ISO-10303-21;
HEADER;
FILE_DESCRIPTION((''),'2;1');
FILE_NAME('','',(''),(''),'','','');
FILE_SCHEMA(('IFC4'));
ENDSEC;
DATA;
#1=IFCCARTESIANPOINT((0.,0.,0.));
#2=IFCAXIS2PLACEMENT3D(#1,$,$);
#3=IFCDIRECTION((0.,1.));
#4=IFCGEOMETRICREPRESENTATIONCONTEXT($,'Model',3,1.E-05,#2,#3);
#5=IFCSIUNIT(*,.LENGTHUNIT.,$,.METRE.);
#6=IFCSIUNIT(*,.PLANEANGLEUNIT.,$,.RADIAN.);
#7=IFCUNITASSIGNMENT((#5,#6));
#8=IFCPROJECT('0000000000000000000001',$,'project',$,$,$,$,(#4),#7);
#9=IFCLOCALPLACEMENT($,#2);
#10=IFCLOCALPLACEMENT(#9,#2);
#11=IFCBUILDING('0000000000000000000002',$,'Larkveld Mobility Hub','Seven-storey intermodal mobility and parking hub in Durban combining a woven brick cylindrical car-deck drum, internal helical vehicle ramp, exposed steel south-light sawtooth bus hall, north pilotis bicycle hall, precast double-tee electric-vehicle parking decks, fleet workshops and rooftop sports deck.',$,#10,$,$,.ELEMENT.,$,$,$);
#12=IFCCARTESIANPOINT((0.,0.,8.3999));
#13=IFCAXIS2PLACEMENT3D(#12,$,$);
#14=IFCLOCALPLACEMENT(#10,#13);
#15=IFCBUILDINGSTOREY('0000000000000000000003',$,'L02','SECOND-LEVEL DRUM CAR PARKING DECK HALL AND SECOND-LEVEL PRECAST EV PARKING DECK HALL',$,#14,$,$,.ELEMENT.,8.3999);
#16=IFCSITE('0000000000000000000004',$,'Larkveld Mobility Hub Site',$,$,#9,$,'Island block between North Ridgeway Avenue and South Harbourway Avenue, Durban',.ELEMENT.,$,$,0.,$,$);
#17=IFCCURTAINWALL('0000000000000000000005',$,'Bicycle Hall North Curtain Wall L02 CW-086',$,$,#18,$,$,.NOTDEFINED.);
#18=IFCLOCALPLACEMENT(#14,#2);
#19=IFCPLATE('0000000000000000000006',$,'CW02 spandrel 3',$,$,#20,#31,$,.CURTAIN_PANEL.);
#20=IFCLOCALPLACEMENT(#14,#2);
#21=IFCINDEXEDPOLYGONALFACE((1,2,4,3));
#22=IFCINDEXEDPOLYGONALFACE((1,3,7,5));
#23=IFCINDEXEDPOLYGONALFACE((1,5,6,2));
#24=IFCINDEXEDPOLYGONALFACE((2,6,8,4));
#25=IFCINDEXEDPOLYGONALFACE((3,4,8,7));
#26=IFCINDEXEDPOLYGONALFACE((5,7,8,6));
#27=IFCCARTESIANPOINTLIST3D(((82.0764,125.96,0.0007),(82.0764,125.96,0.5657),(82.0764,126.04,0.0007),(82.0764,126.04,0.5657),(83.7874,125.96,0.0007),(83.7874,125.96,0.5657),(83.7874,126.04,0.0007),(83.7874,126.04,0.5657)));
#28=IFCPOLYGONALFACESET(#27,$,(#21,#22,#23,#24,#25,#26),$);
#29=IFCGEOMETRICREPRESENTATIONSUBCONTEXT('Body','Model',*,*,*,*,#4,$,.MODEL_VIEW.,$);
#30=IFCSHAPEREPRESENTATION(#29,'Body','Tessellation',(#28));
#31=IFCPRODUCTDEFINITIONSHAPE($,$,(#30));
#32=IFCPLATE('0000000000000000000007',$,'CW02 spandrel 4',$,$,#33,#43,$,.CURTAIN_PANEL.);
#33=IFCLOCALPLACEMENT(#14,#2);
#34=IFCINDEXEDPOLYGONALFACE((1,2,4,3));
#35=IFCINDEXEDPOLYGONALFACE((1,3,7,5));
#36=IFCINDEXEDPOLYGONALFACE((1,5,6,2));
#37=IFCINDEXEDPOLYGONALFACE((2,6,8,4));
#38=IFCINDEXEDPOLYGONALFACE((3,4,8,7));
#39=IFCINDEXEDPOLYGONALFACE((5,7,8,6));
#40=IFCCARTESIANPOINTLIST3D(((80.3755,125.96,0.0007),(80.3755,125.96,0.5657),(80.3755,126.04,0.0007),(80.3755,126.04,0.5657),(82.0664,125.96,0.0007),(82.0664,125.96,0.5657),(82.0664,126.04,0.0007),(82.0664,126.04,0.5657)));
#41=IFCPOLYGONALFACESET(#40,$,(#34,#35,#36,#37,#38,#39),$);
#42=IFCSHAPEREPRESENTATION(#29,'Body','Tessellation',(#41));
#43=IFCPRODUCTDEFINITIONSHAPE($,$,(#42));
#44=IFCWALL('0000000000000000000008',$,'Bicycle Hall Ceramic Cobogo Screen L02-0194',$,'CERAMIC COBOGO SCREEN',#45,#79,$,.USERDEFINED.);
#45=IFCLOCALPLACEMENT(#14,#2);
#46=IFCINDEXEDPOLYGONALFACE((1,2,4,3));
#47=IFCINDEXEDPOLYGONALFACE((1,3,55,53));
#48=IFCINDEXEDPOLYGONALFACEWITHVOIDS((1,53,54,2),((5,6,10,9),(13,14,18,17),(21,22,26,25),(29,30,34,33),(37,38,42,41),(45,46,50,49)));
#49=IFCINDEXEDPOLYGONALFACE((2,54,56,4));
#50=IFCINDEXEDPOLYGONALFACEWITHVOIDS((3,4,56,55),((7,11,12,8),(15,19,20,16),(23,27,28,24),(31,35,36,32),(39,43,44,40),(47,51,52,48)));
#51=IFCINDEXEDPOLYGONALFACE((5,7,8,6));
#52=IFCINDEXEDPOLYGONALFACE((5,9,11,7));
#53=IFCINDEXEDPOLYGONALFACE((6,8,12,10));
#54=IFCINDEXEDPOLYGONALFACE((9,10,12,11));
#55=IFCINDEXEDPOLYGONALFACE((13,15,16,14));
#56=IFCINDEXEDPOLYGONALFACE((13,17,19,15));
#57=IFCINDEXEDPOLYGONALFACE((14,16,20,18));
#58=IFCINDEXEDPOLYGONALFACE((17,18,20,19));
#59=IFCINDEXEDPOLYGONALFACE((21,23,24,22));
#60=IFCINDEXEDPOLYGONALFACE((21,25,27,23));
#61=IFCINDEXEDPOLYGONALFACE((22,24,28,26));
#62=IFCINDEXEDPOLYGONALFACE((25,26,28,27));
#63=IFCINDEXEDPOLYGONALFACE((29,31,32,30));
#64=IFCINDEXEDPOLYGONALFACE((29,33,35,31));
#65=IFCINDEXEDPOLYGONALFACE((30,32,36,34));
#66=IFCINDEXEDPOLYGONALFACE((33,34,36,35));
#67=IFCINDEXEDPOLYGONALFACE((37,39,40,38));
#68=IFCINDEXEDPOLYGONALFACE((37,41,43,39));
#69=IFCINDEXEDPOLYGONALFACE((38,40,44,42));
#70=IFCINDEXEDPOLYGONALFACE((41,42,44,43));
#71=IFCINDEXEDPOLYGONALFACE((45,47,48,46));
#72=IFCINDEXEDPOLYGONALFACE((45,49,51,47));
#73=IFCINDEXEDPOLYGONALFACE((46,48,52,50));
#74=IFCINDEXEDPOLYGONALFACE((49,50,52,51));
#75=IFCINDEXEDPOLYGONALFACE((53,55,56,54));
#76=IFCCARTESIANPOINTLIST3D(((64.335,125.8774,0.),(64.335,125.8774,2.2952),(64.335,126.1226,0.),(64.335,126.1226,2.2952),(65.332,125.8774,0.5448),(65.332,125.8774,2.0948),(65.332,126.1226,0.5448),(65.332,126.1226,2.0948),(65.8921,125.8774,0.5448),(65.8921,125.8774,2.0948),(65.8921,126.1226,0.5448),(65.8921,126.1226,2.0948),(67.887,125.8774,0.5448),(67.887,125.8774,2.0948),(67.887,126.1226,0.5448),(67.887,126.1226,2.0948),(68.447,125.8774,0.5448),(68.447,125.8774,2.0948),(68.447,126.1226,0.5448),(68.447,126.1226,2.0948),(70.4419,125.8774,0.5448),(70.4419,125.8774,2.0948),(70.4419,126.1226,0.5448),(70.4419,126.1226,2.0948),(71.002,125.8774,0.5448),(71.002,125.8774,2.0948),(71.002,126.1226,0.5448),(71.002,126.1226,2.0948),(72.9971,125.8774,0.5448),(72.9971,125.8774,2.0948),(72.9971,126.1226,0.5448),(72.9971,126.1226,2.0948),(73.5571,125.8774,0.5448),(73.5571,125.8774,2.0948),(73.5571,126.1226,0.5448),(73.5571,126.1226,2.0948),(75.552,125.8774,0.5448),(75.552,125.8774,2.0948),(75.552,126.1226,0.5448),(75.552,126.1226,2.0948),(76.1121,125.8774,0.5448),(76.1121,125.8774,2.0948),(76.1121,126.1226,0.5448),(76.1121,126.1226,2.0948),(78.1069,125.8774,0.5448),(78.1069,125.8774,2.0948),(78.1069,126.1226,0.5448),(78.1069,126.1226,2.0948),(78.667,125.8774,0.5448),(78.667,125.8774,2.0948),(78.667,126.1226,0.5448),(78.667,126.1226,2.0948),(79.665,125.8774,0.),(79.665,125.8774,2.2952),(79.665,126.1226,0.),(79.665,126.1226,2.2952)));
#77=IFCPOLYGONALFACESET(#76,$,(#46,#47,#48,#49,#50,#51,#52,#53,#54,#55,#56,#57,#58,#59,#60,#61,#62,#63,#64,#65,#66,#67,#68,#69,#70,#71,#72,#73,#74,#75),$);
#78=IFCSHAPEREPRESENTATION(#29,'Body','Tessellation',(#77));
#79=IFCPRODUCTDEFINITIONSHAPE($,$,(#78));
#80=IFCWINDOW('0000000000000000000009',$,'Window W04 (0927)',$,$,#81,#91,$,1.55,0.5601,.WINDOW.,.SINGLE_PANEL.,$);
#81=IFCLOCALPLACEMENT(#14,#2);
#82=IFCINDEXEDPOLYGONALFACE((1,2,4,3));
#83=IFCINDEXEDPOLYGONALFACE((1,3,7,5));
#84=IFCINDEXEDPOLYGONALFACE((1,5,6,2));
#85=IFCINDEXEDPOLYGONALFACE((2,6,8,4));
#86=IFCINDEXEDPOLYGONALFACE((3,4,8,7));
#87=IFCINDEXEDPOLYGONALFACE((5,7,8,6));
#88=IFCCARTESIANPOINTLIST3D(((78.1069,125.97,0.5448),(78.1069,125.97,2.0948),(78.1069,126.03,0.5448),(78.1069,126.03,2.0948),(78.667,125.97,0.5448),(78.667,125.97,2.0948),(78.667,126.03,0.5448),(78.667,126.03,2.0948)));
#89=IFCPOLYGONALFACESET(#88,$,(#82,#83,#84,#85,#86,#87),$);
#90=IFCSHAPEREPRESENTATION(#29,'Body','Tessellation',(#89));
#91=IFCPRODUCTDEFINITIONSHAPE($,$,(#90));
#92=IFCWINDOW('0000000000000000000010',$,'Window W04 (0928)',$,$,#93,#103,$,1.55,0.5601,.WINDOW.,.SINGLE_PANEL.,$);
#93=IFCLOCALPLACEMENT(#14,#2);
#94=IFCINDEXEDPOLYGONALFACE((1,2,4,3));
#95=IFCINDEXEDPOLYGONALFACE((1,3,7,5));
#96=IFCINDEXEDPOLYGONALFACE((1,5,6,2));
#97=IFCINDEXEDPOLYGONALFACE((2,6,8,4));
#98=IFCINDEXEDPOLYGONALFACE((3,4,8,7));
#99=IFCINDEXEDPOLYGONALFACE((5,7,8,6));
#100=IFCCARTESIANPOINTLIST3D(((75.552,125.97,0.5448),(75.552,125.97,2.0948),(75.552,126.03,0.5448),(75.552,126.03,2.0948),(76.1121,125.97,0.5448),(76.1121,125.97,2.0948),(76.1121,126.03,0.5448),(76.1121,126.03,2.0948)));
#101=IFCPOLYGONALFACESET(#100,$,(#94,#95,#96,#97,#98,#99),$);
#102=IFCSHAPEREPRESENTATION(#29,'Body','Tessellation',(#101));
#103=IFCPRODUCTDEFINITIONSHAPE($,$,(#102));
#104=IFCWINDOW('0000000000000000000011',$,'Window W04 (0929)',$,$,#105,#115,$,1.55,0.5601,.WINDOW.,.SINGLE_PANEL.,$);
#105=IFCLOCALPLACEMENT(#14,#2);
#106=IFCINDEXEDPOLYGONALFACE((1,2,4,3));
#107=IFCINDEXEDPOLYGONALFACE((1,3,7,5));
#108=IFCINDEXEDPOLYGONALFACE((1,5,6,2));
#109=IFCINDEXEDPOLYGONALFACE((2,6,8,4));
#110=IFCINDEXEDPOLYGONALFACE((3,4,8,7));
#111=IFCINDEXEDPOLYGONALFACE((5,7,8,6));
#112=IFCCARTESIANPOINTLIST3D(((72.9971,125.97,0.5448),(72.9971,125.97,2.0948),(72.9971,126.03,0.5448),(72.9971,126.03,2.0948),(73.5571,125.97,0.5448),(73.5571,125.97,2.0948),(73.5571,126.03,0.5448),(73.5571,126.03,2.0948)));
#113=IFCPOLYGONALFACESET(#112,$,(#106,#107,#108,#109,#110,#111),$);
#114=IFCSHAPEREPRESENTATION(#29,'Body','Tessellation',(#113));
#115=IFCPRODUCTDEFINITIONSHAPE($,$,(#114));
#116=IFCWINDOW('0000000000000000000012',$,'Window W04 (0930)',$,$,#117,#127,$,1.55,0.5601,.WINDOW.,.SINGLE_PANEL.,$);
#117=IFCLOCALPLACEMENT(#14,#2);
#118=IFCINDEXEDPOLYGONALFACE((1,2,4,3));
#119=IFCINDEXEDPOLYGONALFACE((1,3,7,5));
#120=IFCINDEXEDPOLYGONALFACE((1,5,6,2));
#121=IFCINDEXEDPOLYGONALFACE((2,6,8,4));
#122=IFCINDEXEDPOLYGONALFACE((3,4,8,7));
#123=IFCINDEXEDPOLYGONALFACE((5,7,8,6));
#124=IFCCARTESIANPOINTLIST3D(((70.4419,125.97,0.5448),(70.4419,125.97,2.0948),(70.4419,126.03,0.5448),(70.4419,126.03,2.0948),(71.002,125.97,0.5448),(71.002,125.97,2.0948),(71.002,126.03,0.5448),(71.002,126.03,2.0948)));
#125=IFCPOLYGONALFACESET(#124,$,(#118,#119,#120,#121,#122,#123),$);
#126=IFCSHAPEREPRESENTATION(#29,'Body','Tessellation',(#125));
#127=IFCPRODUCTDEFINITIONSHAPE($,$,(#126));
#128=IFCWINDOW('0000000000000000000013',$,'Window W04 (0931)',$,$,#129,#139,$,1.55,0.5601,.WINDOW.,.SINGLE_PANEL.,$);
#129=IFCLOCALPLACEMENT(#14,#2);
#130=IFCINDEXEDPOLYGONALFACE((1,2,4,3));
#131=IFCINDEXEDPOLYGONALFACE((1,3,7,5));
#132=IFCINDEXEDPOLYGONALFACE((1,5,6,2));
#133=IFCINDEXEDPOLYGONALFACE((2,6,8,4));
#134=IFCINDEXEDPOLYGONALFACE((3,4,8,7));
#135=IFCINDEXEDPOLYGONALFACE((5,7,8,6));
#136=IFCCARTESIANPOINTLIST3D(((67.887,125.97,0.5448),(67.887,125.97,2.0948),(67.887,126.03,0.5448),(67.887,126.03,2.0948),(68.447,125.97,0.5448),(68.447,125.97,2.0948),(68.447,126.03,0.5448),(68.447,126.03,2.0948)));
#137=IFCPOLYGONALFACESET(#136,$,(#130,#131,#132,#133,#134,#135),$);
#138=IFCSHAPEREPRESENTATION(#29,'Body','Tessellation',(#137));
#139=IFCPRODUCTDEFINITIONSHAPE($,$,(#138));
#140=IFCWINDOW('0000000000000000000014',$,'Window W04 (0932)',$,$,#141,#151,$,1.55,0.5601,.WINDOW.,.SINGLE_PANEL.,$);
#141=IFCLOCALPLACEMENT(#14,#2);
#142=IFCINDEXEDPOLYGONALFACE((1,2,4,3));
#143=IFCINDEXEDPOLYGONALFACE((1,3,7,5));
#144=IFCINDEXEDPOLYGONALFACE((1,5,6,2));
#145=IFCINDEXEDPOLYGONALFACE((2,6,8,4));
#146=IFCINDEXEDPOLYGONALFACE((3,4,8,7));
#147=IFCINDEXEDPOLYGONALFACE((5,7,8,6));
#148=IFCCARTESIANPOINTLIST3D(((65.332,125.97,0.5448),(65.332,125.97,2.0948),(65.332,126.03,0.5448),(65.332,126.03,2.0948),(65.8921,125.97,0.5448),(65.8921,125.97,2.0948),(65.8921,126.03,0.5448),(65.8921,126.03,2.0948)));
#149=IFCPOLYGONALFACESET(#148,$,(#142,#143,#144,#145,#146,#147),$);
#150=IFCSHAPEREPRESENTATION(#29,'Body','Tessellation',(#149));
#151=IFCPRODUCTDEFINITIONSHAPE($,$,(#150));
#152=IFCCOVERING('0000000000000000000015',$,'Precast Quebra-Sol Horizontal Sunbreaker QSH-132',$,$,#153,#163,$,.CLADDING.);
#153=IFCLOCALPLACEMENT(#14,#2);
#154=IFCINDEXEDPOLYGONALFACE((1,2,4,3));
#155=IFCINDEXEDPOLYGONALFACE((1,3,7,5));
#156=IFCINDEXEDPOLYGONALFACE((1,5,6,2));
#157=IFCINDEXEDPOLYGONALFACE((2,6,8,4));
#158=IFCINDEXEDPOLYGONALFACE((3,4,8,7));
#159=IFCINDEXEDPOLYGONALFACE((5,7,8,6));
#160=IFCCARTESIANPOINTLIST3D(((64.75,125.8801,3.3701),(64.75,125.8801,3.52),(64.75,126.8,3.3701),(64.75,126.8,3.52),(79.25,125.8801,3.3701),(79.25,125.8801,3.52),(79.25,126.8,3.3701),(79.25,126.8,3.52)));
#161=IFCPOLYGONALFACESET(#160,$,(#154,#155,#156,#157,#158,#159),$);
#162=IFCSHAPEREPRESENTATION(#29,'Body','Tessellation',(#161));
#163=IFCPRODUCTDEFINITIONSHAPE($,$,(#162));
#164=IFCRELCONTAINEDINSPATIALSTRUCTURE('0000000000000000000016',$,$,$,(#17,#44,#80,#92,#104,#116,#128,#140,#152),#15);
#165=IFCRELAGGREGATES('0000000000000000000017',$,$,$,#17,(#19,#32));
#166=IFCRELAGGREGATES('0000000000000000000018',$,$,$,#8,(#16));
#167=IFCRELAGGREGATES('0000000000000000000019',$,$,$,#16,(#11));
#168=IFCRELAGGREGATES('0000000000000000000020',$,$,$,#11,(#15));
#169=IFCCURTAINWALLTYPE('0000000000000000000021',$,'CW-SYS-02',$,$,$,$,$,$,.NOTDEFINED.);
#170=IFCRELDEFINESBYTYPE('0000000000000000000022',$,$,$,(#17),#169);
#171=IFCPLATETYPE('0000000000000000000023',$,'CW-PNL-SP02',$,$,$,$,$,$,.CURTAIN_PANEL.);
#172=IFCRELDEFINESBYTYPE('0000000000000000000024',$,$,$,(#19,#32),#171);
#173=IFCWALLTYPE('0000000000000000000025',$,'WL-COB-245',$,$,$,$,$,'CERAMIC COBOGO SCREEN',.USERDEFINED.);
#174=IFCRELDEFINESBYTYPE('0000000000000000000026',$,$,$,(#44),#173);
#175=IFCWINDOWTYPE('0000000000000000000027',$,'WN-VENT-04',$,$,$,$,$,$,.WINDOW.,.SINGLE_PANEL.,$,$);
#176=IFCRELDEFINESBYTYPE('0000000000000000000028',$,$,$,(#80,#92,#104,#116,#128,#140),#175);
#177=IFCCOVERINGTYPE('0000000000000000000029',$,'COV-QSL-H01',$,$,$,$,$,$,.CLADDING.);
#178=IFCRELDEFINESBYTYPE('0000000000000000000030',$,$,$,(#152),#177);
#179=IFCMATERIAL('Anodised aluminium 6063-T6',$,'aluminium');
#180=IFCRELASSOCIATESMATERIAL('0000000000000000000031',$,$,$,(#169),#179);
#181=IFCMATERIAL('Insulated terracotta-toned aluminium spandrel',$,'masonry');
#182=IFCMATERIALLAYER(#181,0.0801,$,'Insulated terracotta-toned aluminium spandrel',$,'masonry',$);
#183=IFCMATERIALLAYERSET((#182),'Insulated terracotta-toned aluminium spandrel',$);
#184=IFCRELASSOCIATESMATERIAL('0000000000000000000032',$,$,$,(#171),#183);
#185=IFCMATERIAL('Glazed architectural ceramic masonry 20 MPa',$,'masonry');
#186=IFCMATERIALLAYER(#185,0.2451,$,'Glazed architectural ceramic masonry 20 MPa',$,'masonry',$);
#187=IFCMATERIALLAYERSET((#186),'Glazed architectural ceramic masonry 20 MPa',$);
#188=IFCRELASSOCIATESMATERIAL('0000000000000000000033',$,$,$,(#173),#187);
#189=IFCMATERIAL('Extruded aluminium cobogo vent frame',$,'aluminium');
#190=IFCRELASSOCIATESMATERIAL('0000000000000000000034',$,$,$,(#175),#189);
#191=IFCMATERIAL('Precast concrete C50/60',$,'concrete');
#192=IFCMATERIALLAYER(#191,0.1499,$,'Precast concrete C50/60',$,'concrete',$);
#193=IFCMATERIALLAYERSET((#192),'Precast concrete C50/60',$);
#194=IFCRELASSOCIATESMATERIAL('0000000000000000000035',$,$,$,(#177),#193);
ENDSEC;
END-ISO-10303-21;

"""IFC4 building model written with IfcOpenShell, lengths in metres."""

from ifc_helpers import new_model, si_unit, direction, frame, frame_2d, origin, origin_2d, place, context, subcontext, project, spatial, rectangle, extrude, material, layer, layer_set, type_object, element, fill, aggregate, save


model = new_model("IFC4")

# Units and contexts
model_context = context("Model", 3, precision=1e-05, world=origin(), true_north=direction((0.0, 1.0)))
body_context = subcontext(model_context, "Body", "Model", "MODEL_VIEW")
ifc_project = project(units=[si_unit("LENGTHUNIT", "METRE"), si_unit("PLANEANGLEUNIT", "RADIAN")], contexts=[model_context])

# Site, building, storey
site_placement = place(None, origin())
site = spatial("IfcSite", under=ifc_project, at=site_placement, Name="Larkveld Mobility Hub Site", LongName="Island block between North Ridgeway Avenue and South Harbourway Avenue, Durban", CompositionType="ELEMENT", RefElevation=0.0)
building_placement = place(site_placement, origin())
building = spatial("IfcBuilding", under=site, at=building_placement, Name="Larkveld Mobility Hub", Description="Seven-storey intermodal mobility and parking hub in Durban combining a woven brick cylindrical car-deck drum, internal helical vehicle ramp, exposed steel south-light sawtooth bus hall, north pilotis bicycle hall, precast double-tee electric-vehicle parking decks, fleet workshops and rooftop sports deck.", CompositionType="ELEMENT")
storey_placement = place(building_placement, frame((0.0, 0.0, 8.3999)))
storey = spatial("IfcBuildingStorey", under=building, at=storey_placement, Name="L02", Description="SECOND-LEVEL DRUM CAR PARKING DECK HALL AND SECOND-LEVEL PRECAST EV PARKING DECK HALL", CompositionType="ELEMENT", Elevation=8.3999)

# Shared definitions
ifc_material_1 = material(Name="Precast concrete C50/60", Category="concrete")

# Curtain wall
ifc_material_2 = material(Name="Anodised aluminium 6063-T6", Category="aluminium")
curtain_wall_type_1 = type_object("IfcCurtainWallType", Name="CW-SYS-02", PredefinedType="NOTDEFINED", material=ifc_material_2)
curtain_wall_1_placement = place(storey_placement, origin())
curtain_wall_1 = element("IfcCurtainWall", 1, at=curtain_wall_1_placement, inside=storey, type_object=curtain_wall_type_1, Name="Bicycle Hall North Curtain Wall L02 CW-086", PredefinedType="NOTDEFINED")

# Plates
ifc_material_3 = material(Name="Insulated terracotta-toned aluminium spandrel", Category="masonry")
ifc_layer_1 = layer(ifc_material_3, 0.0801, Name="Insulated terracotta-toned aluminium spandrel", Category="masonry")
ifc_layer_set_1 = layer_set([ifc_layer_1], Name="Insulated terracotta-toned aluminium spandrel")
plate_type_1 = type_object("IfcPlateType", Name="CW-PNL-SP02", PredefinedType="CURTAIN_PANEL", material=ifc_layer_set_1)
plate_1_placement = place(storey_placement, frame((82.9319, 126.0, 0.0007), z_axis=(0.0, 0.0, 1.0), x_axis=(-1.0, 0.0, 0.0)))
plate_1 = element("IfcPlate", 2, at=plate_1_placement, type_object=plate_type_1, Name="CW02 spandrel 3", PredefinedType="CURTAIN_PANEL", context=body_context, shape_type="SweptSolid", body=[
    extrude(rectangle(XDim=1.7109, YDim=0.0801, at=origin_2d()), origin(), (0.0, 0.0, 1.0), 0.5649),
])
plate_2_placement = place(storey_placement, frame((81.2209, 126.0, 0.0007), z_axis=(0.0, 0.0, 1.0), x_axis=(-1.0, 0.0, 0.0)))
plate_2 = element("IfcPlate", 3, at=plate_2_placement, type_object=plate_type_1, Name="CW02 spandrel 4", PredefinedType="CURTAIN_PANEL", context=body_context, shape_type="SweptSolid", body=[
    extrude(rectangle(XDim=1.6909, YDim=0.0801, at=origin_2d()), origin(), (0.0, 0.0, 1.0), 0.5649),
])
aggregate(curtain_wall_1, [plate_1, plate_2])

# Wall, openings, windows
ifc_material_4 = material(Name="Glazed architectural ceramic masonry 20 MPa", Category="masonry")
ifc_layer_2 = layer(ifc_material_4, 0.2451, Name="Glazed architectural ceramic masonry 20 MPa", Category="masonry")
ifc_layer_set_2 = layer_set([ifc_layer_2], Name="Glazed architectural ceramic masonry 20 MPa")
wall_type = type_object("IfcWallType", Name="WL-COB-245", ElementType="CERAMIC COBOGO SCREEN", PredefinedType="USERDEFINED", material=ifc_layer_set_2)
wall_placement = place(storey_placement, frame((79.665, 126.0, 0.0), z_axis=(0.0, 0.0, 1.0), x_axis=(-1.0, 0.0, 0.0)))
wall = element("IfcWall", 4, at=wall_placement, inside=storey, type_object=wall_type, Name="Bicycle Hall Ceramic Cobogo Screen L02-0194", ObjectType="CERAMIC COBOGO SCREEN", PredefinedType="USERDEFINED", context=body_context, shape_type="SweptSolid", body=[
    extrude(rectangle(XDim=15.3301, YDim=0.2451, at=frame_2d((7.665, 0.0))), origin(), (0.0, 0.0, 1.0), 2.2952),
])
opening_1_placement = place(wall_placement, frame((0.998, 0.0, 0.5449)))
opening_1 = element("IfcOpeningElement", 5, at=opening_1_placement, cuts=wall, PredefinedType="OPENING", context=body_context, shape_type="SweptSolid", body=[
    extrude(rectangle(XDim=0.5601, YDim=1.55, at=frame_2d((0.28, 0.7749))), frame((0.0, 0.1326, 0.0), z_axis=(0.0, -1.0, 0.0), x_axis=(1.0, 0.0, 0.0)), (0.0, 0.0, 1.0), 0.2651),
])
opening_2_placement = place(wall_placement, frame((3.553, 0.0, 0.5449)))
opening_2 = element("IfcOpeningElement", 6, at=opening_2_placement, cuts=wall, PredefinedType="OPENING", context=body_context, shape_type="SweptSolid", body=[
    extrude(rectangle(XDim=0.5601, YDim=1.55, at=frame_2d((0.28, 0.7749))), frame((0.0, 0.1326, 0.0), z_axis=(0.0, -1.0, 0.0), x_axis=(1.0, 0.0, 0.0)), (0.0, 0.0, 1.0), 0.2651),
])
opening_3_placement = place(wall_placement, frame((6.1079, 0.0, 0.5449)))
opening_3 = element("IfcOpeningElement", 7, at=opening_3_placement, cuts=wall, PredefinedType="OPENING", context=body_context, shape_type="SweptSolid", body=[
    extrude(rectangle(XDim=0.5601, YDim=1.55, at=frame_2d((0.28, 0.7749))), frame((0.0, 0.1326, 0.0), z_axis=(0.0, -1.0, 0.0), x_axis=(1.0, 0.0, 0.0)), (0.0, 0.0, 1.0), 0.2651),
])
opening_4_placement = place(wall_placement, frame((8.6631, 0.0, 0.5449)))
opening_4 = element("IfcOpeningElement", 8, at=opening_4_placement, cuts=wall, PredefinedType="OPENING", context=body_context, shape_type="SweptSolid", body=[
    extrude(rectangle(XDim=0.5601, YDim=1.55, at=frame_2d((0.28, 0.7749))), frame((0.0, 0.1326, 0.0), z_axis=(0.0, -1.0, 0.0), x_axis=(1.0, 0.0, 0.0)), (0.0, 0.0, 1.0), 0.2651),
])
opening_5_placement = place(wall_placement, frame((11.218, 0.0, 0.5449)))
opening_5 = element("IfcOpeningElement", 9, at=opening_5_placement, cuts=wall, PredefinedType="OPENING", context=body_context, shape_type="SweptSolid", body=[
    extrude(rectangle(XDim=0.5601, YDim=1.55, at=frame_2d((0.28, 0.7749))), frame((0.0, 0.1326, 0.0), z_axis=(0.0, -1.0, 0.0), x_axis=(1.0, 0.0, 0.0)), (0.0, 0.0, 1.0), 0.2651),
])
opening_6_placement = place(wall_placement, frame((13.7729, 0.0, 0.5449)))
opening_6 = element("IfcOpeningElement", 10, at=opening_6_placement, cuts=wall, PredefinedType="OPENING", context=body_context, shape_type="SweptSolid", body=[
    extrude(rectangle(XDim=0.5601, YDim=1.55, at=frame_2d((0.28, 0.7749))), frame((0.0, 0.1326, 0.0), z_axis=(0.0, -1.0, 0.0), x_axis=(1.0, 0.0, 0.0)), (0.0, 0.0, 1.0), 0.2651),
])
ifc_material_5 = material(Name="Extruded aluminium cobogo vent frame", Category="aluminium")
window_type = type_object("IfcWindowType", Name="WN-VENT-04", PartitioningType="SINGLE_PANEL", PredefinedType="WINDOW", material=ifc_material_5)
window_1_placement = place(opening_1_placement, origin())
window_1 = element("IfcWindow", 11, at=window_1_placement, inside=storey, type_object=window_type, Name="Window W04 (0927)", OverallHeight=1.55, OverallWidth=0.5601, PartitioningType="SINGLE_PANEL", PredefinedType="WINDOW", context=body_context, shape_type="SweptSolid", body=[
    extrude(rectangle(XDim=0.5601, YDim=1.55, at=frame_2d((0.28, 0.7749))), frame((0.0, 0.03, 0.0), z_axis=(0.0, -1.0, 0.0), x_axis=(1.0, 0.0, 0.0)), (0.0, 0.0, 1.0), 0.0601),
])
fill(opening_1, window_1)
window_2_placement = place(opening_2_placement, origin())
window_2 = element("IfcWindow", 12, at=window_2_placement, inside=storey, type_object=window_type, Name="Window W04 (0928)", OverallHeight=1.55, OverallWidth=0.5601, PartitioningType="SINGLE_PANEL", PredefinedType="WINDOW", context=body_context, shape_type="SweptSolid", body=[
    extrude(rectangle(XDim=0.5601, YDim=1.55, at=frame_2d((0.28, 0.7749))), frame((0.0, 0.03, 0.0), z_axis=(0.0, -1.0, 0.0), x_axis=(1.0, 0.0, 0.0)), (0.0, 0.0, 1.0), 0.0601),
])
fill(opening_2, window_2)
window_3_placement = place(opening_3_placement, origin())
window_3 = element("IfcWindow", 13, at=window_3_placement, inside=storey, type_object=window_type, Name="Window W04 (0929)", OverallHeight=1.55, OverallWidth=0.5601, PartitioningType="SINGLE_PANEL", PredefinedType="WINDOW", context=body_context, shape_type="SweptSolid", body=[
    extrude(rectangle(XDim=0.5601, YDim=1.55, at=frame_2d((0.28, 0.7749))), frame((0.0, 0.03, 0.0), z_axis=(0.0, -1.0, 0.0), x_axis=(1.0, 0.0, 0.0)), (0.0, 0.0, 1.0), 0.0601),
])
fill(opening_3, window_3)
window_4_placement = place(opening_4_placement, origin())
window_4 = element("IfcWindow", 14, at=window_4_placement, inside=storey, type_object=window_type, Name="Window W04 (0930)", OverallHeight=1.55, OverallWidth=0.5601, PartitioningType="SINGLE_PANEL", PredefinedType="WINDOW", context=body_context, shape_type="SweptSolid", body=[
    extrude(rectangle(XDim=0.5601, YDim=1.55, at=frame_2d((0.28, 0.7749))), frame((0.0, 0.03, 0.0), z_axis=(0.0, -1.0, 0.0), x_axis=(1.0, 0.0, 0.0)), (0.0, 0.0, 1.0), 0.0601),
])
fill(opening_4, window_4)
window_5_placement = place(opening_5_placement, origin())
window_5 = element("IfcWindow", 15, at=window_5_placement, inside=storey, type_object=window_type, Name="Window W04 (0931)", OverallHeight=1.55, OverallWidth=0.5601, PartitioningType="SINGLE_PANEL", PredefinedType="WINDOW", context=body_context, shape_type="SweptSolid", body=[
    extrude(rectangle(XDim=0.5601, YDim=1.55, at=frame_2d((0.28, 0.7749))), frame((0.0, 0.03, 0.0), z_axis=(0.0, -1.0, 0.0), x_axis=(1.0, 0.0, 0.0)), (0.0, 0.0, 1.0), 0.0601),
])
fill(opening_5, window_5)
window_6_placement = place(opening_6_placement, origin())
window_6 = element("IfcWindow", 16, at=window_6_placement, inside=storey, type_object=window_type, Name="Window W04 (0932)", OverallHeight=1.55, OverallWidth=0.5601, PartitioningType="SINGLE_PANEL", PredefinedType="WINDOW", context=body_context, shape_type="SweptSolid", body=[
    extrude(rectangle(XDim=0.5601, YDim=1.55, at=frame_2d((0.28, 0.7749))), frame((0.0, 0.03, 0.0), z_axis=(0.0, -1.0, 0.0), x_axis=(1.0, 0.0, 0.0)), (0.0, 0.0, 1.0), 0.0601),
])
fill(opening_6, window_6)

# Covering
ifc_layer_3 = layer(ifc_material_1, 0.1499, Name="Precast concrete C50/60", Category="concrete")
ifc_layer_set_3 = layer_set([ifc_layer_3], Name="Precast concrete C50/60")
covering_type_1 = type_object("IfcCoveringType", Name="COV-QSL-H01", PredefinedType="CLADDING", material=ifc_layer_set_3)
covering_placement = place(storey_placement, frame((72.0, 126.3401, 3.3701), z_axis=(0.0, 0.0, 1.0), x_axis=(-1.0, 0.0, 0.0)))
element("IfcCovering", 17, at=covering_placement, inside=storey, type_object=covering_type_1, Name="Precast Quebra-Sol Horizontal Sunbreaker QSH-132", PredefinedType="CLADDING", context=body_context, shape_type="SweptSolid", body=[
    extrude(rectangle(XDim=14.5, YDim=0.9199, at=origin_2d()), origin(), (0.0, 0.0, 1.0), 0.1499),
])

save(model, "model.ifc")
